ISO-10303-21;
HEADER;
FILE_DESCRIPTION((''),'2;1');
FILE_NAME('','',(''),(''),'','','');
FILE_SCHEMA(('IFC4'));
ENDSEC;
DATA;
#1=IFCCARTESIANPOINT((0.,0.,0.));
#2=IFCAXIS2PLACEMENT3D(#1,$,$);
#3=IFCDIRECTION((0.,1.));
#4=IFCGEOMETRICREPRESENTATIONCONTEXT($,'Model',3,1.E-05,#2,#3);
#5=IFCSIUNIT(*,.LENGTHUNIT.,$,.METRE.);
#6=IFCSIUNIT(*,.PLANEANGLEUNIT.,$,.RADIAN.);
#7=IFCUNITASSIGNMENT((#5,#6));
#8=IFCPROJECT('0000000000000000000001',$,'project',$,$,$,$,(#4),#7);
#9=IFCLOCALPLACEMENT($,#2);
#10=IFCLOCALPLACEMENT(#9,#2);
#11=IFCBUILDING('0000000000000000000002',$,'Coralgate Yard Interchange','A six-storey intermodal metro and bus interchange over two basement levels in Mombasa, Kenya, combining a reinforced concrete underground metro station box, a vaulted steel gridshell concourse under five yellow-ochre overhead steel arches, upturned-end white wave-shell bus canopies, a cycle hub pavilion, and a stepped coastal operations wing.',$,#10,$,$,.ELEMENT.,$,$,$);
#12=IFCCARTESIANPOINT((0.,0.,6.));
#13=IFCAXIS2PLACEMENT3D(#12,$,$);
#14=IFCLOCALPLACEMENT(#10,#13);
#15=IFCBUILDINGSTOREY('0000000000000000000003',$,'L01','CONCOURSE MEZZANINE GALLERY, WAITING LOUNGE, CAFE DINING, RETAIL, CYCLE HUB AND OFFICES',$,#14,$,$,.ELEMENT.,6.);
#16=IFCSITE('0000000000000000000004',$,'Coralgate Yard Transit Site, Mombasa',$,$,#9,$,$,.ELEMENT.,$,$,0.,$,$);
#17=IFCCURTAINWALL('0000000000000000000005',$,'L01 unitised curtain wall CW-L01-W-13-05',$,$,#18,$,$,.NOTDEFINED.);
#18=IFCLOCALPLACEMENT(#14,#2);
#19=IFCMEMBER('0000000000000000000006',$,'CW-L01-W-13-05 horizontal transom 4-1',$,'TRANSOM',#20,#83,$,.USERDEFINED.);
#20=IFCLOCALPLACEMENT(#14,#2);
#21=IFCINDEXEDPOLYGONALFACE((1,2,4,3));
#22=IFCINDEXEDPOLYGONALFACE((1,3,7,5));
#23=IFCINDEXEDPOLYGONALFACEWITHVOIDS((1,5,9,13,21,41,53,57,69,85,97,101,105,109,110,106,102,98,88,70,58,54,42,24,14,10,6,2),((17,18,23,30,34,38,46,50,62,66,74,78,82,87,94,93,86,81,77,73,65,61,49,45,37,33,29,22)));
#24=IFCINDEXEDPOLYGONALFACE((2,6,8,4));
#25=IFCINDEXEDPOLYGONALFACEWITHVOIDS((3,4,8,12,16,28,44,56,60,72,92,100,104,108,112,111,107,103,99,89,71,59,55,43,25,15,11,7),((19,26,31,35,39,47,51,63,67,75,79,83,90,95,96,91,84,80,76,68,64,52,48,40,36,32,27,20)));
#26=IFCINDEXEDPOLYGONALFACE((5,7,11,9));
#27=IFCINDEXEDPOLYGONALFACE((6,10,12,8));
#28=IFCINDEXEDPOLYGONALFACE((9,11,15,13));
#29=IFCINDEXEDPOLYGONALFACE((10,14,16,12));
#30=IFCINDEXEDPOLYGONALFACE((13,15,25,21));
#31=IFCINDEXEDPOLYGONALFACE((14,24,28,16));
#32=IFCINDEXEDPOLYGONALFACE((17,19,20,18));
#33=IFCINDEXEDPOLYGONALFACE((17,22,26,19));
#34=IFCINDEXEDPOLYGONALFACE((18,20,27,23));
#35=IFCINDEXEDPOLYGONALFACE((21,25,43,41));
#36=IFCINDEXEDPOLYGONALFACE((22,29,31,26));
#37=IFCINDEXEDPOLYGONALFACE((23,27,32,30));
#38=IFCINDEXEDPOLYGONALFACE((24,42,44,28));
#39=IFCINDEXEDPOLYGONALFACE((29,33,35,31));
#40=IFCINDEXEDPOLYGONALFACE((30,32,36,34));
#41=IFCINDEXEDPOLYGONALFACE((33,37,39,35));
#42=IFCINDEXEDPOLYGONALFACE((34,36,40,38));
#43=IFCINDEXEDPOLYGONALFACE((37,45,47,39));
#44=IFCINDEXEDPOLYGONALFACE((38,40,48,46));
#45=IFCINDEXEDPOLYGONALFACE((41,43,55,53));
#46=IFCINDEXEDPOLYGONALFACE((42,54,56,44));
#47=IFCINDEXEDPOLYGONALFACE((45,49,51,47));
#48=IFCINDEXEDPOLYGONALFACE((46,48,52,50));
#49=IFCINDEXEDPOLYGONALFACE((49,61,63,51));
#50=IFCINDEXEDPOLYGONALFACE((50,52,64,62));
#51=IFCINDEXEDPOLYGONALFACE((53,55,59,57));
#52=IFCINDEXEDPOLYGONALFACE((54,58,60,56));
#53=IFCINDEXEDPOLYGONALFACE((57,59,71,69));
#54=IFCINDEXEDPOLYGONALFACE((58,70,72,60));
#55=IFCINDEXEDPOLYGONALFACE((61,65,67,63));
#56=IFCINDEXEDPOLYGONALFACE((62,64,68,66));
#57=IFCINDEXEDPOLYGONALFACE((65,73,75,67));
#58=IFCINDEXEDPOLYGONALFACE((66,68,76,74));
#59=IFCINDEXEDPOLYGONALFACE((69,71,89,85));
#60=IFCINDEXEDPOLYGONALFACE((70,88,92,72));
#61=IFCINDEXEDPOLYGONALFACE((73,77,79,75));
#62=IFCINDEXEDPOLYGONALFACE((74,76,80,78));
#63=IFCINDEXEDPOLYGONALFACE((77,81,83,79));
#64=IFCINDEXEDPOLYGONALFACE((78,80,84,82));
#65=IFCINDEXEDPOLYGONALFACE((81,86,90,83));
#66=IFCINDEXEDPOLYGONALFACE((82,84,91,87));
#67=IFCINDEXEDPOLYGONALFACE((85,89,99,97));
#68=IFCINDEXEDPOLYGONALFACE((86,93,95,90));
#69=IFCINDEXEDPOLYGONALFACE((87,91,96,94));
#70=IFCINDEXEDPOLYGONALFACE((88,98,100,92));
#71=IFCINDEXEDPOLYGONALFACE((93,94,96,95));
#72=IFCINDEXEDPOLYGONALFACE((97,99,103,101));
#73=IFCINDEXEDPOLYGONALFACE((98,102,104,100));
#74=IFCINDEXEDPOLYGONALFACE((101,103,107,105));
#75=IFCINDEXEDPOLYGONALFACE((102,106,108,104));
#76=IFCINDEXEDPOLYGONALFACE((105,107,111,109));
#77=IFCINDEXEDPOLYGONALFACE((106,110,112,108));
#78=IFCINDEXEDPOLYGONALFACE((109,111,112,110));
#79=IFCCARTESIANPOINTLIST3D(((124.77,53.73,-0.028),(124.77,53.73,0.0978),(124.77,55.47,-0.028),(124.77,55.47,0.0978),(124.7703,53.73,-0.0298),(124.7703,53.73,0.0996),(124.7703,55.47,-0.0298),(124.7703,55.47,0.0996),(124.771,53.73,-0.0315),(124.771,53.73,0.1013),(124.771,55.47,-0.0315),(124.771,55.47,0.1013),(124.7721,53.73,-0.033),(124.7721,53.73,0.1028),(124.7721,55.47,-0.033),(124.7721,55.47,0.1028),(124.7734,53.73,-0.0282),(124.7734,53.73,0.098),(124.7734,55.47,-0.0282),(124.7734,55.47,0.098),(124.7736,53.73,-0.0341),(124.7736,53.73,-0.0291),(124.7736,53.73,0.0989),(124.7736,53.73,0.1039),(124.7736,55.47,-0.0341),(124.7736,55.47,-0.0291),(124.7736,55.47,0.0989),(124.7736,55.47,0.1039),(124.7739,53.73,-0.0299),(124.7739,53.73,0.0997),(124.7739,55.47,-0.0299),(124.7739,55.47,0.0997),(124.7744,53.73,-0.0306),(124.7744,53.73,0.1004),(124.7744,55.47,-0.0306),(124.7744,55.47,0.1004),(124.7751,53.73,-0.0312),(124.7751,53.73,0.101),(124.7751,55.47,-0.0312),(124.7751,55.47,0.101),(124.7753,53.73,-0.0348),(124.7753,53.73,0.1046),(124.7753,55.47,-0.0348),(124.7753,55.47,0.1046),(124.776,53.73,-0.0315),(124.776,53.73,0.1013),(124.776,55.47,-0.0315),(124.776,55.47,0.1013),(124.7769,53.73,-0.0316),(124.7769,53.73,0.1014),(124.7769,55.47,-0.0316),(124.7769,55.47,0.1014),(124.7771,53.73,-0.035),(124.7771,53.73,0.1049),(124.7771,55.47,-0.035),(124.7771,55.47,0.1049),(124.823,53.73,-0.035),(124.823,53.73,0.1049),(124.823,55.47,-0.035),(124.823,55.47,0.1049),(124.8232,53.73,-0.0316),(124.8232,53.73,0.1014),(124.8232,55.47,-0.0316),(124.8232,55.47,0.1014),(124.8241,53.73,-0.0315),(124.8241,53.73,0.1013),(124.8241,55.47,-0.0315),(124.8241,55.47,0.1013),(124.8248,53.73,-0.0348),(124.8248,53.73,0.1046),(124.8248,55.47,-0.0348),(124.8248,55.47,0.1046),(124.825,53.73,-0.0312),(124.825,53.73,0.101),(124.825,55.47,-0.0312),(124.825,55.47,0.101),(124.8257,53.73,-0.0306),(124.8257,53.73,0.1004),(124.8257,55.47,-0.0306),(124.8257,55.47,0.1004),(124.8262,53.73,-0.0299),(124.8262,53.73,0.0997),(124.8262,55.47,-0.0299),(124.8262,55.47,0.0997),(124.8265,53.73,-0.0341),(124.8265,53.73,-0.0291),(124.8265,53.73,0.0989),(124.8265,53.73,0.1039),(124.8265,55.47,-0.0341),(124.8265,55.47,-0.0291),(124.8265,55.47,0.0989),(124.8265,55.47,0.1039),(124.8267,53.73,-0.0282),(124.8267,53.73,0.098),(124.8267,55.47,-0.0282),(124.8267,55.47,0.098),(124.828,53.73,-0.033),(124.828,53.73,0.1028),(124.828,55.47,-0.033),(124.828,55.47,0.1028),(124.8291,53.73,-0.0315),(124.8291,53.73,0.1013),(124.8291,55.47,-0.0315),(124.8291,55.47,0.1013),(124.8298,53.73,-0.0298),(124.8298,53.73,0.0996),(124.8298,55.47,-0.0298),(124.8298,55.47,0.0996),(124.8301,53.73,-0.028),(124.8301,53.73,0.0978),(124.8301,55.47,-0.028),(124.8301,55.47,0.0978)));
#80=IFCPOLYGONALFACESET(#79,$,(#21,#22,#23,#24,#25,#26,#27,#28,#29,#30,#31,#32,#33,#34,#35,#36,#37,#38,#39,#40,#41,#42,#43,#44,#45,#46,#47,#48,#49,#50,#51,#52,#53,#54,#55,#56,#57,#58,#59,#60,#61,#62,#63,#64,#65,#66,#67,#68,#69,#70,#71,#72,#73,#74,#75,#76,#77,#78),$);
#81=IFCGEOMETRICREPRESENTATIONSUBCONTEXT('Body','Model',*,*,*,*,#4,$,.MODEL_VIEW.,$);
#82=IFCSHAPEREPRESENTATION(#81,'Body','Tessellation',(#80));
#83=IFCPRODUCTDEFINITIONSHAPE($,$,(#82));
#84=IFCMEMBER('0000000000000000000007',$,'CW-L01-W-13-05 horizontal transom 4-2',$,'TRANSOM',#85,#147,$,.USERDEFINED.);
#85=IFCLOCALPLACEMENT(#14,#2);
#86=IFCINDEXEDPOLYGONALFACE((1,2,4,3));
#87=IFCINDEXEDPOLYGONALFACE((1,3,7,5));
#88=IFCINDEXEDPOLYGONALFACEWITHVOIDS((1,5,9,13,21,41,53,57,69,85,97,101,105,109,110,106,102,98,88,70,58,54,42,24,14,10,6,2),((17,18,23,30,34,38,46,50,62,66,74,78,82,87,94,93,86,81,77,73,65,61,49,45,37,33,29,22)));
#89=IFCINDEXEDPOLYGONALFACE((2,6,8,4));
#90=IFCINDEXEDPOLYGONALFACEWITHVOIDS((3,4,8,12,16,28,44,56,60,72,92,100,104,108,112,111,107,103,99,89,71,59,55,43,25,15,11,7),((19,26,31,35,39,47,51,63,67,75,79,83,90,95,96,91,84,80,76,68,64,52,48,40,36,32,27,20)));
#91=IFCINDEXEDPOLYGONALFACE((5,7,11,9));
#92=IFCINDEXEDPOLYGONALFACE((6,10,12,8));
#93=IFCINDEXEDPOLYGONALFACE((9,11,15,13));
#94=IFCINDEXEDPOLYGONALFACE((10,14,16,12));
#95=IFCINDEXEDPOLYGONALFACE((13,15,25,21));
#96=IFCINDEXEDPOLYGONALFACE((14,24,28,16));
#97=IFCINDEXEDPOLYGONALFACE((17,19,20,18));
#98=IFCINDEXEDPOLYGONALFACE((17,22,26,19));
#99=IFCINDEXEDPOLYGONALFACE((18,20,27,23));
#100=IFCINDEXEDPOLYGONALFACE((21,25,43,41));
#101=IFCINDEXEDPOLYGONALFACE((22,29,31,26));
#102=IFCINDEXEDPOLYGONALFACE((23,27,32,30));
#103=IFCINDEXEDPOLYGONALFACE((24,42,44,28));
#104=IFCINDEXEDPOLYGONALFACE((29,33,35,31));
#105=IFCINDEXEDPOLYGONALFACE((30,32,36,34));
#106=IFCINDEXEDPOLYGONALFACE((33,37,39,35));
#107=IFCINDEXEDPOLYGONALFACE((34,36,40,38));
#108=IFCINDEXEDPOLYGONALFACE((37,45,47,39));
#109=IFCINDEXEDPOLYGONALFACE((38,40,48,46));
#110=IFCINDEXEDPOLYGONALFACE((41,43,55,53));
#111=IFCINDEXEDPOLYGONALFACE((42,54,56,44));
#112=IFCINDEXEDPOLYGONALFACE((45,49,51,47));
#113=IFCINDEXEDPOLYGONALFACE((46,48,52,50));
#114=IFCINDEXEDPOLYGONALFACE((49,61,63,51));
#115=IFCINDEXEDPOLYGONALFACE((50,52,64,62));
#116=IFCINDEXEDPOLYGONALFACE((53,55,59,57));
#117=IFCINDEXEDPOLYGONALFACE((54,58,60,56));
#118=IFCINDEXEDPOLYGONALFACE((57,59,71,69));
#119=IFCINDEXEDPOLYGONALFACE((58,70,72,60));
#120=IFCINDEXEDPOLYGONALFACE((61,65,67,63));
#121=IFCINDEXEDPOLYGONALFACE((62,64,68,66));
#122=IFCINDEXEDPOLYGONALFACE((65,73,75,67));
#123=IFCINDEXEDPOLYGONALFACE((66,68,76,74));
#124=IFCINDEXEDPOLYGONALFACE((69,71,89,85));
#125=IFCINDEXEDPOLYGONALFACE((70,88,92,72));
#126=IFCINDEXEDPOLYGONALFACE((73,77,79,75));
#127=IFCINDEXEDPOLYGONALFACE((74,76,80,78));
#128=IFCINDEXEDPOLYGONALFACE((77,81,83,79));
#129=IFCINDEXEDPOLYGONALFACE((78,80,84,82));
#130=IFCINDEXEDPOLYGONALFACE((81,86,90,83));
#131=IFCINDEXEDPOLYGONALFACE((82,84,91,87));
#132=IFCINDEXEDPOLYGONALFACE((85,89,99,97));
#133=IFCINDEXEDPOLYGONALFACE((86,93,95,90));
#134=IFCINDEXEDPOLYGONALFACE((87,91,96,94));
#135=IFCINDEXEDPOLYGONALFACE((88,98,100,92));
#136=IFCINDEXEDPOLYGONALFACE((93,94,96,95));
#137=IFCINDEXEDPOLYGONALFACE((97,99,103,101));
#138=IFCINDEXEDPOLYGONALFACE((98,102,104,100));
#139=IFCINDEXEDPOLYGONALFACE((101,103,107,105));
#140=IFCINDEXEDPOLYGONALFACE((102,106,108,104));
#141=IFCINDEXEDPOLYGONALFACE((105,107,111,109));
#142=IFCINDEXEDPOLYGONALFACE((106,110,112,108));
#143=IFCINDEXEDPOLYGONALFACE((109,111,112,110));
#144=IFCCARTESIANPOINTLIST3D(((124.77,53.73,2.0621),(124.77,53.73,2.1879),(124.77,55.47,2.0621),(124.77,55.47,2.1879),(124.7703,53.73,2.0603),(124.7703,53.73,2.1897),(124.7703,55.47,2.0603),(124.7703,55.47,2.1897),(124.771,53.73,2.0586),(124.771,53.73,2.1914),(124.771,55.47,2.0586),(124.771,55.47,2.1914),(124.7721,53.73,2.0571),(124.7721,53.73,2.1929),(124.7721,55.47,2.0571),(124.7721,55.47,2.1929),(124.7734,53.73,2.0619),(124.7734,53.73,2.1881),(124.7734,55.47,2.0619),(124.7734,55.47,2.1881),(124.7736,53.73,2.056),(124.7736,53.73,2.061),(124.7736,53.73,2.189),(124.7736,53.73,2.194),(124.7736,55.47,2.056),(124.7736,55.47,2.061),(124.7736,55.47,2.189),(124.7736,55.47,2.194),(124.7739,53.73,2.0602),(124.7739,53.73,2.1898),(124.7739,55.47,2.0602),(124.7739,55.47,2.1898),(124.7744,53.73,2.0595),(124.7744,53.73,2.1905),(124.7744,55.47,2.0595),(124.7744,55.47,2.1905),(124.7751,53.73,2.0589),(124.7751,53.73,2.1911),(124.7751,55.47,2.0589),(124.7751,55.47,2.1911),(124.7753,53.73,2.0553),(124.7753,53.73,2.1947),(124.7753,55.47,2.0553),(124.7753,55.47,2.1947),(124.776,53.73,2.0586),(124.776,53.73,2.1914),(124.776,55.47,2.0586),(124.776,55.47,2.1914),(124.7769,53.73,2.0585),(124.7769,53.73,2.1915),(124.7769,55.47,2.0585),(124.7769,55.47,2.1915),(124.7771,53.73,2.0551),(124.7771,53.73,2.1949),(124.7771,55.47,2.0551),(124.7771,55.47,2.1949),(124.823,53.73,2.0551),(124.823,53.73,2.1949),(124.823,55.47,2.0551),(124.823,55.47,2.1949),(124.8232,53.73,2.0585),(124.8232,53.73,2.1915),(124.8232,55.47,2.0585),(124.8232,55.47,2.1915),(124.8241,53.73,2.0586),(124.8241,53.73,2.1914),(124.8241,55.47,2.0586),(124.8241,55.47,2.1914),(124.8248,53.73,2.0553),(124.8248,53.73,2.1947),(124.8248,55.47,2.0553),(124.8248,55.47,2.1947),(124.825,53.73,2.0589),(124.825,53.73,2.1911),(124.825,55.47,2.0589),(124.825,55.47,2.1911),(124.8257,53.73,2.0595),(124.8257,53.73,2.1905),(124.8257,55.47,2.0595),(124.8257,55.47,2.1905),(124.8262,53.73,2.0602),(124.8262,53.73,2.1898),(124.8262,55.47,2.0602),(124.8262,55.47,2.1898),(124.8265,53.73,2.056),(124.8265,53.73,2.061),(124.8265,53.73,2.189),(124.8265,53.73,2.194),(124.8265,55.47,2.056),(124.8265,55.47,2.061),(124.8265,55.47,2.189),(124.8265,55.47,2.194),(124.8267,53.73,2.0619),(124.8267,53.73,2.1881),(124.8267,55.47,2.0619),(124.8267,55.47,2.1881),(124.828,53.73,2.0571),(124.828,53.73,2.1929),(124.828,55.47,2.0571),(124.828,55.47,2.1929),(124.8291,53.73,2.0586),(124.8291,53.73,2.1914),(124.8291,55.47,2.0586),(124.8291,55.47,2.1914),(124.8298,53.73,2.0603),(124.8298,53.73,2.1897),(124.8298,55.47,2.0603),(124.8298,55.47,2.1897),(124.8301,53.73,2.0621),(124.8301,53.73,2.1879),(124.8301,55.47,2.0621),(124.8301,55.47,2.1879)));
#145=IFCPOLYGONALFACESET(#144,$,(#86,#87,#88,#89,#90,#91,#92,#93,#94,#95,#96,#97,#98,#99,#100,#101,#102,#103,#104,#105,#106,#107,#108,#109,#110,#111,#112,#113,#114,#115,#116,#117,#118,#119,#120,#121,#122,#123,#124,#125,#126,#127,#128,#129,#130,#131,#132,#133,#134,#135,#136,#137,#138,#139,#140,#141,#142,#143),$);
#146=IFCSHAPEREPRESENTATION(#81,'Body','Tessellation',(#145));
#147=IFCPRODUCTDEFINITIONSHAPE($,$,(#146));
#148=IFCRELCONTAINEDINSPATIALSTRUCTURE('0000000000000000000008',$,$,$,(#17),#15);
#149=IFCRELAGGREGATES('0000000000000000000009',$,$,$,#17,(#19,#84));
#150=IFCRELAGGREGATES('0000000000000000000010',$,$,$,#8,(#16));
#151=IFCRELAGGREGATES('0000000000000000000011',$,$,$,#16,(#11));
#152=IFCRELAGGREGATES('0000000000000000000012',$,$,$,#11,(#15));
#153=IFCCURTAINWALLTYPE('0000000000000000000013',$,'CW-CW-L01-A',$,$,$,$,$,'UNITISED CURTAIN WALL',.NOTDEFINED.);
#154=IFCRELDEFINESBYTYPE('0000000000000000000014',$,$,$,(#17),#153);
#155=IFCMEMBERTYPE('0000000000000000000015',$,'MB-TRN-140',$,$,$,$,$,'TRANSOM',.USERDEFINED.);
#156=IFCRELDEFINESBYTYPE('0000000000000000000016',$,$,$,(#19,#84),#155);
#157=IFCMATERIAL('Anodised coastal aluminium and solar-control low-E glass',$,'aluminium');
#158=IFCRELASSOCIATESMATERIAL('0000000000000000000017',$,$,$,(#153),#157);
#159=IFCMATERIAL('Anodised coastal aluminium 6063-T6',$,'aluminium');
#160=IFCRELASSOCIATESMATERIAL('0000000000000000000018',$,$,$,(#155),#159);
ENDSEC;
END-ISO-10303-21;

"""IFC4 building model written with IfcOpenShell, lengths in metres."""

from ifc_helpers import new_model, si_unit, direction, frame, origin, origin_2d, place, context, subcontext, project, spatial, hollow_rectangle, extrude, material, material_profile, profile_set, type_object, element, aggregate, save


model = new_model("IFC4")

# Units and contexts
model_context = context("Model", 3, precision=1e-05, world=origin(), true_north=direction((0.0, 1.0)))
body_context = subcontext(model_context, "Body", "Model", "MODEL_VIEW")
ifc_project = project(units=[si_unit("LENGTHUNIT", "METRE"), si_unit("PLANEANGLEUNIT", "RADIAN")], contexts=[model_context])

# Site, building, storey
site_placement = place(None, origin())
site = spatial("IfcSite", under=ifc_project, at=site_placement, Name="Coralgate Yard Transit Site, Mombasa", CompositionType="ELEMENT", RefElevation=0.0)
building_placement = place(site_placement, origin())
building = spatial("IfcBuilding", under=site, at=building_placement, Name="Coralgate Yard Interchange", Description="A six-storey intermodal metro and bus interchange over two basement levels in Mombasa, Kenya, combining a reinforced concrete underground metro station box, a vaulted steel gridshell concourse under five yellow-ochre overhead steel arches, upturned-end white wave-shell bus canopies, a cycle hub pavilion, and a stepped coastal operations wing.", CompositionType="ELEMENT")
storey_placement = place(building_placement, frame((0.0, 0.0, 6.0)))
storey = spatial("IfcBuildingStorey", under=building, at=storey_placement, Name="L01", Description="CONCOURSE MEZZANINE GALLERY, WAITING LOUNGE, CAFE DINING, RETAIL, CYCLE HUB AND OFFICES", CompositionType="ELEMENT", Elevation=6.0)

# Curtain wall
ifc_material_1 = material(Name="Anodised coastal aluminium and solar-control low-E glass", Category="aluminium")
curtain_wall_type = type_object("IfcCurtainWallType", Name="CW-CW-L01-A", ElementType="UNITISED CURTAIN WALL", PredefinedType="NOTDEFINED", material=ifc_material_1)
curtain_wall_1_placement = place(storey_placement, origin())
curtain_wall_1 = element("IfcCurtainWall", 1, at=curtain_wall_1_placement, inside=storey, type_object=curtain_wall_type, Name="L01 unitised curtain wall CW-L01-W-13-05", PredefinedType="NOTDEFINED")
ifc_material_2 = material(Name="Anodised coastal aluminium 6063-T6", Category="aluminium")

# Members
ifc_material_profile_1 = material_profile(ifc_material_2, hollow_rectangle(XDim=0.0601, YDim=0.1399, WallThickness=0.0034, InnerFilletRadius=0.0034, OuterFilletRadius=0.0071, at=origin_2d()), Name="ALU 60x140x3.5")
ifc_profile_set_1 = profile_set([ifc_material_profile_1], Name="Anodised coastal aluminium 6063-T6")
member_type_1 = type_object("IfcMemberType", Name="MB-TRN-140", ElementType="TRANSOM", PredefinedType="USERDEFINED", material=ifc_profile_set_1)
member_1_placement = place(storey_placement, frame((124.8, 53.73, 0.0349), z_axis=(0.0, 1.0, 0.0), x_axis=(-1.0, 0.0, 0.0)))
member_1 = element("IfcMember", 2, at=member_1_placement, type_object=member_type_1, Name="CW-L01-W-13-05 horizontal transom 4-1", ObjectType="TRANSOM", PredefinedType="USERDEFINED", context=body_context, shape_type="SweptSolid", body=[
    extrude(hollow_rectangle(XDim=0.0601, YDim=0.1399, WallThickness=0.0034, InnerFilletRadius=0.0034, OuterFilletRadius=0.0071, at=origin_2d()), origin(), (0.0, 0.0, 1.0), 1.74),
])
member_2_placement = place(storey_placement, frame((124.8, 53.73, 2.125), z_axis=(0.0, 1.0, 0.0), x_axis=(-1.0, 0.0, 0.0)))
member_2 = element("IfcMember", 3, at=member_2_placement, type_object=member_type_1, Name="CW-L01-W-13-05 horizontal transom 4-2", ObjectType="TRANSOM", PredefinedType="USERDEFINED", context=body_context, shape_type="SweptSolid", body=[
    extrude(hollow_rectangle(XDim=0.0601, YDim=0.1399, WallThickness=0.0034, InnerFilletRadius=0.0034, OuterFilletRadius=0.0071, at=origin_2d()), origin(), (0.0, 0.0, 1.0), 1.74),
])

aggregate(curtain_wall_1, [member_1, member_2])

save(model, "model.ifc")
